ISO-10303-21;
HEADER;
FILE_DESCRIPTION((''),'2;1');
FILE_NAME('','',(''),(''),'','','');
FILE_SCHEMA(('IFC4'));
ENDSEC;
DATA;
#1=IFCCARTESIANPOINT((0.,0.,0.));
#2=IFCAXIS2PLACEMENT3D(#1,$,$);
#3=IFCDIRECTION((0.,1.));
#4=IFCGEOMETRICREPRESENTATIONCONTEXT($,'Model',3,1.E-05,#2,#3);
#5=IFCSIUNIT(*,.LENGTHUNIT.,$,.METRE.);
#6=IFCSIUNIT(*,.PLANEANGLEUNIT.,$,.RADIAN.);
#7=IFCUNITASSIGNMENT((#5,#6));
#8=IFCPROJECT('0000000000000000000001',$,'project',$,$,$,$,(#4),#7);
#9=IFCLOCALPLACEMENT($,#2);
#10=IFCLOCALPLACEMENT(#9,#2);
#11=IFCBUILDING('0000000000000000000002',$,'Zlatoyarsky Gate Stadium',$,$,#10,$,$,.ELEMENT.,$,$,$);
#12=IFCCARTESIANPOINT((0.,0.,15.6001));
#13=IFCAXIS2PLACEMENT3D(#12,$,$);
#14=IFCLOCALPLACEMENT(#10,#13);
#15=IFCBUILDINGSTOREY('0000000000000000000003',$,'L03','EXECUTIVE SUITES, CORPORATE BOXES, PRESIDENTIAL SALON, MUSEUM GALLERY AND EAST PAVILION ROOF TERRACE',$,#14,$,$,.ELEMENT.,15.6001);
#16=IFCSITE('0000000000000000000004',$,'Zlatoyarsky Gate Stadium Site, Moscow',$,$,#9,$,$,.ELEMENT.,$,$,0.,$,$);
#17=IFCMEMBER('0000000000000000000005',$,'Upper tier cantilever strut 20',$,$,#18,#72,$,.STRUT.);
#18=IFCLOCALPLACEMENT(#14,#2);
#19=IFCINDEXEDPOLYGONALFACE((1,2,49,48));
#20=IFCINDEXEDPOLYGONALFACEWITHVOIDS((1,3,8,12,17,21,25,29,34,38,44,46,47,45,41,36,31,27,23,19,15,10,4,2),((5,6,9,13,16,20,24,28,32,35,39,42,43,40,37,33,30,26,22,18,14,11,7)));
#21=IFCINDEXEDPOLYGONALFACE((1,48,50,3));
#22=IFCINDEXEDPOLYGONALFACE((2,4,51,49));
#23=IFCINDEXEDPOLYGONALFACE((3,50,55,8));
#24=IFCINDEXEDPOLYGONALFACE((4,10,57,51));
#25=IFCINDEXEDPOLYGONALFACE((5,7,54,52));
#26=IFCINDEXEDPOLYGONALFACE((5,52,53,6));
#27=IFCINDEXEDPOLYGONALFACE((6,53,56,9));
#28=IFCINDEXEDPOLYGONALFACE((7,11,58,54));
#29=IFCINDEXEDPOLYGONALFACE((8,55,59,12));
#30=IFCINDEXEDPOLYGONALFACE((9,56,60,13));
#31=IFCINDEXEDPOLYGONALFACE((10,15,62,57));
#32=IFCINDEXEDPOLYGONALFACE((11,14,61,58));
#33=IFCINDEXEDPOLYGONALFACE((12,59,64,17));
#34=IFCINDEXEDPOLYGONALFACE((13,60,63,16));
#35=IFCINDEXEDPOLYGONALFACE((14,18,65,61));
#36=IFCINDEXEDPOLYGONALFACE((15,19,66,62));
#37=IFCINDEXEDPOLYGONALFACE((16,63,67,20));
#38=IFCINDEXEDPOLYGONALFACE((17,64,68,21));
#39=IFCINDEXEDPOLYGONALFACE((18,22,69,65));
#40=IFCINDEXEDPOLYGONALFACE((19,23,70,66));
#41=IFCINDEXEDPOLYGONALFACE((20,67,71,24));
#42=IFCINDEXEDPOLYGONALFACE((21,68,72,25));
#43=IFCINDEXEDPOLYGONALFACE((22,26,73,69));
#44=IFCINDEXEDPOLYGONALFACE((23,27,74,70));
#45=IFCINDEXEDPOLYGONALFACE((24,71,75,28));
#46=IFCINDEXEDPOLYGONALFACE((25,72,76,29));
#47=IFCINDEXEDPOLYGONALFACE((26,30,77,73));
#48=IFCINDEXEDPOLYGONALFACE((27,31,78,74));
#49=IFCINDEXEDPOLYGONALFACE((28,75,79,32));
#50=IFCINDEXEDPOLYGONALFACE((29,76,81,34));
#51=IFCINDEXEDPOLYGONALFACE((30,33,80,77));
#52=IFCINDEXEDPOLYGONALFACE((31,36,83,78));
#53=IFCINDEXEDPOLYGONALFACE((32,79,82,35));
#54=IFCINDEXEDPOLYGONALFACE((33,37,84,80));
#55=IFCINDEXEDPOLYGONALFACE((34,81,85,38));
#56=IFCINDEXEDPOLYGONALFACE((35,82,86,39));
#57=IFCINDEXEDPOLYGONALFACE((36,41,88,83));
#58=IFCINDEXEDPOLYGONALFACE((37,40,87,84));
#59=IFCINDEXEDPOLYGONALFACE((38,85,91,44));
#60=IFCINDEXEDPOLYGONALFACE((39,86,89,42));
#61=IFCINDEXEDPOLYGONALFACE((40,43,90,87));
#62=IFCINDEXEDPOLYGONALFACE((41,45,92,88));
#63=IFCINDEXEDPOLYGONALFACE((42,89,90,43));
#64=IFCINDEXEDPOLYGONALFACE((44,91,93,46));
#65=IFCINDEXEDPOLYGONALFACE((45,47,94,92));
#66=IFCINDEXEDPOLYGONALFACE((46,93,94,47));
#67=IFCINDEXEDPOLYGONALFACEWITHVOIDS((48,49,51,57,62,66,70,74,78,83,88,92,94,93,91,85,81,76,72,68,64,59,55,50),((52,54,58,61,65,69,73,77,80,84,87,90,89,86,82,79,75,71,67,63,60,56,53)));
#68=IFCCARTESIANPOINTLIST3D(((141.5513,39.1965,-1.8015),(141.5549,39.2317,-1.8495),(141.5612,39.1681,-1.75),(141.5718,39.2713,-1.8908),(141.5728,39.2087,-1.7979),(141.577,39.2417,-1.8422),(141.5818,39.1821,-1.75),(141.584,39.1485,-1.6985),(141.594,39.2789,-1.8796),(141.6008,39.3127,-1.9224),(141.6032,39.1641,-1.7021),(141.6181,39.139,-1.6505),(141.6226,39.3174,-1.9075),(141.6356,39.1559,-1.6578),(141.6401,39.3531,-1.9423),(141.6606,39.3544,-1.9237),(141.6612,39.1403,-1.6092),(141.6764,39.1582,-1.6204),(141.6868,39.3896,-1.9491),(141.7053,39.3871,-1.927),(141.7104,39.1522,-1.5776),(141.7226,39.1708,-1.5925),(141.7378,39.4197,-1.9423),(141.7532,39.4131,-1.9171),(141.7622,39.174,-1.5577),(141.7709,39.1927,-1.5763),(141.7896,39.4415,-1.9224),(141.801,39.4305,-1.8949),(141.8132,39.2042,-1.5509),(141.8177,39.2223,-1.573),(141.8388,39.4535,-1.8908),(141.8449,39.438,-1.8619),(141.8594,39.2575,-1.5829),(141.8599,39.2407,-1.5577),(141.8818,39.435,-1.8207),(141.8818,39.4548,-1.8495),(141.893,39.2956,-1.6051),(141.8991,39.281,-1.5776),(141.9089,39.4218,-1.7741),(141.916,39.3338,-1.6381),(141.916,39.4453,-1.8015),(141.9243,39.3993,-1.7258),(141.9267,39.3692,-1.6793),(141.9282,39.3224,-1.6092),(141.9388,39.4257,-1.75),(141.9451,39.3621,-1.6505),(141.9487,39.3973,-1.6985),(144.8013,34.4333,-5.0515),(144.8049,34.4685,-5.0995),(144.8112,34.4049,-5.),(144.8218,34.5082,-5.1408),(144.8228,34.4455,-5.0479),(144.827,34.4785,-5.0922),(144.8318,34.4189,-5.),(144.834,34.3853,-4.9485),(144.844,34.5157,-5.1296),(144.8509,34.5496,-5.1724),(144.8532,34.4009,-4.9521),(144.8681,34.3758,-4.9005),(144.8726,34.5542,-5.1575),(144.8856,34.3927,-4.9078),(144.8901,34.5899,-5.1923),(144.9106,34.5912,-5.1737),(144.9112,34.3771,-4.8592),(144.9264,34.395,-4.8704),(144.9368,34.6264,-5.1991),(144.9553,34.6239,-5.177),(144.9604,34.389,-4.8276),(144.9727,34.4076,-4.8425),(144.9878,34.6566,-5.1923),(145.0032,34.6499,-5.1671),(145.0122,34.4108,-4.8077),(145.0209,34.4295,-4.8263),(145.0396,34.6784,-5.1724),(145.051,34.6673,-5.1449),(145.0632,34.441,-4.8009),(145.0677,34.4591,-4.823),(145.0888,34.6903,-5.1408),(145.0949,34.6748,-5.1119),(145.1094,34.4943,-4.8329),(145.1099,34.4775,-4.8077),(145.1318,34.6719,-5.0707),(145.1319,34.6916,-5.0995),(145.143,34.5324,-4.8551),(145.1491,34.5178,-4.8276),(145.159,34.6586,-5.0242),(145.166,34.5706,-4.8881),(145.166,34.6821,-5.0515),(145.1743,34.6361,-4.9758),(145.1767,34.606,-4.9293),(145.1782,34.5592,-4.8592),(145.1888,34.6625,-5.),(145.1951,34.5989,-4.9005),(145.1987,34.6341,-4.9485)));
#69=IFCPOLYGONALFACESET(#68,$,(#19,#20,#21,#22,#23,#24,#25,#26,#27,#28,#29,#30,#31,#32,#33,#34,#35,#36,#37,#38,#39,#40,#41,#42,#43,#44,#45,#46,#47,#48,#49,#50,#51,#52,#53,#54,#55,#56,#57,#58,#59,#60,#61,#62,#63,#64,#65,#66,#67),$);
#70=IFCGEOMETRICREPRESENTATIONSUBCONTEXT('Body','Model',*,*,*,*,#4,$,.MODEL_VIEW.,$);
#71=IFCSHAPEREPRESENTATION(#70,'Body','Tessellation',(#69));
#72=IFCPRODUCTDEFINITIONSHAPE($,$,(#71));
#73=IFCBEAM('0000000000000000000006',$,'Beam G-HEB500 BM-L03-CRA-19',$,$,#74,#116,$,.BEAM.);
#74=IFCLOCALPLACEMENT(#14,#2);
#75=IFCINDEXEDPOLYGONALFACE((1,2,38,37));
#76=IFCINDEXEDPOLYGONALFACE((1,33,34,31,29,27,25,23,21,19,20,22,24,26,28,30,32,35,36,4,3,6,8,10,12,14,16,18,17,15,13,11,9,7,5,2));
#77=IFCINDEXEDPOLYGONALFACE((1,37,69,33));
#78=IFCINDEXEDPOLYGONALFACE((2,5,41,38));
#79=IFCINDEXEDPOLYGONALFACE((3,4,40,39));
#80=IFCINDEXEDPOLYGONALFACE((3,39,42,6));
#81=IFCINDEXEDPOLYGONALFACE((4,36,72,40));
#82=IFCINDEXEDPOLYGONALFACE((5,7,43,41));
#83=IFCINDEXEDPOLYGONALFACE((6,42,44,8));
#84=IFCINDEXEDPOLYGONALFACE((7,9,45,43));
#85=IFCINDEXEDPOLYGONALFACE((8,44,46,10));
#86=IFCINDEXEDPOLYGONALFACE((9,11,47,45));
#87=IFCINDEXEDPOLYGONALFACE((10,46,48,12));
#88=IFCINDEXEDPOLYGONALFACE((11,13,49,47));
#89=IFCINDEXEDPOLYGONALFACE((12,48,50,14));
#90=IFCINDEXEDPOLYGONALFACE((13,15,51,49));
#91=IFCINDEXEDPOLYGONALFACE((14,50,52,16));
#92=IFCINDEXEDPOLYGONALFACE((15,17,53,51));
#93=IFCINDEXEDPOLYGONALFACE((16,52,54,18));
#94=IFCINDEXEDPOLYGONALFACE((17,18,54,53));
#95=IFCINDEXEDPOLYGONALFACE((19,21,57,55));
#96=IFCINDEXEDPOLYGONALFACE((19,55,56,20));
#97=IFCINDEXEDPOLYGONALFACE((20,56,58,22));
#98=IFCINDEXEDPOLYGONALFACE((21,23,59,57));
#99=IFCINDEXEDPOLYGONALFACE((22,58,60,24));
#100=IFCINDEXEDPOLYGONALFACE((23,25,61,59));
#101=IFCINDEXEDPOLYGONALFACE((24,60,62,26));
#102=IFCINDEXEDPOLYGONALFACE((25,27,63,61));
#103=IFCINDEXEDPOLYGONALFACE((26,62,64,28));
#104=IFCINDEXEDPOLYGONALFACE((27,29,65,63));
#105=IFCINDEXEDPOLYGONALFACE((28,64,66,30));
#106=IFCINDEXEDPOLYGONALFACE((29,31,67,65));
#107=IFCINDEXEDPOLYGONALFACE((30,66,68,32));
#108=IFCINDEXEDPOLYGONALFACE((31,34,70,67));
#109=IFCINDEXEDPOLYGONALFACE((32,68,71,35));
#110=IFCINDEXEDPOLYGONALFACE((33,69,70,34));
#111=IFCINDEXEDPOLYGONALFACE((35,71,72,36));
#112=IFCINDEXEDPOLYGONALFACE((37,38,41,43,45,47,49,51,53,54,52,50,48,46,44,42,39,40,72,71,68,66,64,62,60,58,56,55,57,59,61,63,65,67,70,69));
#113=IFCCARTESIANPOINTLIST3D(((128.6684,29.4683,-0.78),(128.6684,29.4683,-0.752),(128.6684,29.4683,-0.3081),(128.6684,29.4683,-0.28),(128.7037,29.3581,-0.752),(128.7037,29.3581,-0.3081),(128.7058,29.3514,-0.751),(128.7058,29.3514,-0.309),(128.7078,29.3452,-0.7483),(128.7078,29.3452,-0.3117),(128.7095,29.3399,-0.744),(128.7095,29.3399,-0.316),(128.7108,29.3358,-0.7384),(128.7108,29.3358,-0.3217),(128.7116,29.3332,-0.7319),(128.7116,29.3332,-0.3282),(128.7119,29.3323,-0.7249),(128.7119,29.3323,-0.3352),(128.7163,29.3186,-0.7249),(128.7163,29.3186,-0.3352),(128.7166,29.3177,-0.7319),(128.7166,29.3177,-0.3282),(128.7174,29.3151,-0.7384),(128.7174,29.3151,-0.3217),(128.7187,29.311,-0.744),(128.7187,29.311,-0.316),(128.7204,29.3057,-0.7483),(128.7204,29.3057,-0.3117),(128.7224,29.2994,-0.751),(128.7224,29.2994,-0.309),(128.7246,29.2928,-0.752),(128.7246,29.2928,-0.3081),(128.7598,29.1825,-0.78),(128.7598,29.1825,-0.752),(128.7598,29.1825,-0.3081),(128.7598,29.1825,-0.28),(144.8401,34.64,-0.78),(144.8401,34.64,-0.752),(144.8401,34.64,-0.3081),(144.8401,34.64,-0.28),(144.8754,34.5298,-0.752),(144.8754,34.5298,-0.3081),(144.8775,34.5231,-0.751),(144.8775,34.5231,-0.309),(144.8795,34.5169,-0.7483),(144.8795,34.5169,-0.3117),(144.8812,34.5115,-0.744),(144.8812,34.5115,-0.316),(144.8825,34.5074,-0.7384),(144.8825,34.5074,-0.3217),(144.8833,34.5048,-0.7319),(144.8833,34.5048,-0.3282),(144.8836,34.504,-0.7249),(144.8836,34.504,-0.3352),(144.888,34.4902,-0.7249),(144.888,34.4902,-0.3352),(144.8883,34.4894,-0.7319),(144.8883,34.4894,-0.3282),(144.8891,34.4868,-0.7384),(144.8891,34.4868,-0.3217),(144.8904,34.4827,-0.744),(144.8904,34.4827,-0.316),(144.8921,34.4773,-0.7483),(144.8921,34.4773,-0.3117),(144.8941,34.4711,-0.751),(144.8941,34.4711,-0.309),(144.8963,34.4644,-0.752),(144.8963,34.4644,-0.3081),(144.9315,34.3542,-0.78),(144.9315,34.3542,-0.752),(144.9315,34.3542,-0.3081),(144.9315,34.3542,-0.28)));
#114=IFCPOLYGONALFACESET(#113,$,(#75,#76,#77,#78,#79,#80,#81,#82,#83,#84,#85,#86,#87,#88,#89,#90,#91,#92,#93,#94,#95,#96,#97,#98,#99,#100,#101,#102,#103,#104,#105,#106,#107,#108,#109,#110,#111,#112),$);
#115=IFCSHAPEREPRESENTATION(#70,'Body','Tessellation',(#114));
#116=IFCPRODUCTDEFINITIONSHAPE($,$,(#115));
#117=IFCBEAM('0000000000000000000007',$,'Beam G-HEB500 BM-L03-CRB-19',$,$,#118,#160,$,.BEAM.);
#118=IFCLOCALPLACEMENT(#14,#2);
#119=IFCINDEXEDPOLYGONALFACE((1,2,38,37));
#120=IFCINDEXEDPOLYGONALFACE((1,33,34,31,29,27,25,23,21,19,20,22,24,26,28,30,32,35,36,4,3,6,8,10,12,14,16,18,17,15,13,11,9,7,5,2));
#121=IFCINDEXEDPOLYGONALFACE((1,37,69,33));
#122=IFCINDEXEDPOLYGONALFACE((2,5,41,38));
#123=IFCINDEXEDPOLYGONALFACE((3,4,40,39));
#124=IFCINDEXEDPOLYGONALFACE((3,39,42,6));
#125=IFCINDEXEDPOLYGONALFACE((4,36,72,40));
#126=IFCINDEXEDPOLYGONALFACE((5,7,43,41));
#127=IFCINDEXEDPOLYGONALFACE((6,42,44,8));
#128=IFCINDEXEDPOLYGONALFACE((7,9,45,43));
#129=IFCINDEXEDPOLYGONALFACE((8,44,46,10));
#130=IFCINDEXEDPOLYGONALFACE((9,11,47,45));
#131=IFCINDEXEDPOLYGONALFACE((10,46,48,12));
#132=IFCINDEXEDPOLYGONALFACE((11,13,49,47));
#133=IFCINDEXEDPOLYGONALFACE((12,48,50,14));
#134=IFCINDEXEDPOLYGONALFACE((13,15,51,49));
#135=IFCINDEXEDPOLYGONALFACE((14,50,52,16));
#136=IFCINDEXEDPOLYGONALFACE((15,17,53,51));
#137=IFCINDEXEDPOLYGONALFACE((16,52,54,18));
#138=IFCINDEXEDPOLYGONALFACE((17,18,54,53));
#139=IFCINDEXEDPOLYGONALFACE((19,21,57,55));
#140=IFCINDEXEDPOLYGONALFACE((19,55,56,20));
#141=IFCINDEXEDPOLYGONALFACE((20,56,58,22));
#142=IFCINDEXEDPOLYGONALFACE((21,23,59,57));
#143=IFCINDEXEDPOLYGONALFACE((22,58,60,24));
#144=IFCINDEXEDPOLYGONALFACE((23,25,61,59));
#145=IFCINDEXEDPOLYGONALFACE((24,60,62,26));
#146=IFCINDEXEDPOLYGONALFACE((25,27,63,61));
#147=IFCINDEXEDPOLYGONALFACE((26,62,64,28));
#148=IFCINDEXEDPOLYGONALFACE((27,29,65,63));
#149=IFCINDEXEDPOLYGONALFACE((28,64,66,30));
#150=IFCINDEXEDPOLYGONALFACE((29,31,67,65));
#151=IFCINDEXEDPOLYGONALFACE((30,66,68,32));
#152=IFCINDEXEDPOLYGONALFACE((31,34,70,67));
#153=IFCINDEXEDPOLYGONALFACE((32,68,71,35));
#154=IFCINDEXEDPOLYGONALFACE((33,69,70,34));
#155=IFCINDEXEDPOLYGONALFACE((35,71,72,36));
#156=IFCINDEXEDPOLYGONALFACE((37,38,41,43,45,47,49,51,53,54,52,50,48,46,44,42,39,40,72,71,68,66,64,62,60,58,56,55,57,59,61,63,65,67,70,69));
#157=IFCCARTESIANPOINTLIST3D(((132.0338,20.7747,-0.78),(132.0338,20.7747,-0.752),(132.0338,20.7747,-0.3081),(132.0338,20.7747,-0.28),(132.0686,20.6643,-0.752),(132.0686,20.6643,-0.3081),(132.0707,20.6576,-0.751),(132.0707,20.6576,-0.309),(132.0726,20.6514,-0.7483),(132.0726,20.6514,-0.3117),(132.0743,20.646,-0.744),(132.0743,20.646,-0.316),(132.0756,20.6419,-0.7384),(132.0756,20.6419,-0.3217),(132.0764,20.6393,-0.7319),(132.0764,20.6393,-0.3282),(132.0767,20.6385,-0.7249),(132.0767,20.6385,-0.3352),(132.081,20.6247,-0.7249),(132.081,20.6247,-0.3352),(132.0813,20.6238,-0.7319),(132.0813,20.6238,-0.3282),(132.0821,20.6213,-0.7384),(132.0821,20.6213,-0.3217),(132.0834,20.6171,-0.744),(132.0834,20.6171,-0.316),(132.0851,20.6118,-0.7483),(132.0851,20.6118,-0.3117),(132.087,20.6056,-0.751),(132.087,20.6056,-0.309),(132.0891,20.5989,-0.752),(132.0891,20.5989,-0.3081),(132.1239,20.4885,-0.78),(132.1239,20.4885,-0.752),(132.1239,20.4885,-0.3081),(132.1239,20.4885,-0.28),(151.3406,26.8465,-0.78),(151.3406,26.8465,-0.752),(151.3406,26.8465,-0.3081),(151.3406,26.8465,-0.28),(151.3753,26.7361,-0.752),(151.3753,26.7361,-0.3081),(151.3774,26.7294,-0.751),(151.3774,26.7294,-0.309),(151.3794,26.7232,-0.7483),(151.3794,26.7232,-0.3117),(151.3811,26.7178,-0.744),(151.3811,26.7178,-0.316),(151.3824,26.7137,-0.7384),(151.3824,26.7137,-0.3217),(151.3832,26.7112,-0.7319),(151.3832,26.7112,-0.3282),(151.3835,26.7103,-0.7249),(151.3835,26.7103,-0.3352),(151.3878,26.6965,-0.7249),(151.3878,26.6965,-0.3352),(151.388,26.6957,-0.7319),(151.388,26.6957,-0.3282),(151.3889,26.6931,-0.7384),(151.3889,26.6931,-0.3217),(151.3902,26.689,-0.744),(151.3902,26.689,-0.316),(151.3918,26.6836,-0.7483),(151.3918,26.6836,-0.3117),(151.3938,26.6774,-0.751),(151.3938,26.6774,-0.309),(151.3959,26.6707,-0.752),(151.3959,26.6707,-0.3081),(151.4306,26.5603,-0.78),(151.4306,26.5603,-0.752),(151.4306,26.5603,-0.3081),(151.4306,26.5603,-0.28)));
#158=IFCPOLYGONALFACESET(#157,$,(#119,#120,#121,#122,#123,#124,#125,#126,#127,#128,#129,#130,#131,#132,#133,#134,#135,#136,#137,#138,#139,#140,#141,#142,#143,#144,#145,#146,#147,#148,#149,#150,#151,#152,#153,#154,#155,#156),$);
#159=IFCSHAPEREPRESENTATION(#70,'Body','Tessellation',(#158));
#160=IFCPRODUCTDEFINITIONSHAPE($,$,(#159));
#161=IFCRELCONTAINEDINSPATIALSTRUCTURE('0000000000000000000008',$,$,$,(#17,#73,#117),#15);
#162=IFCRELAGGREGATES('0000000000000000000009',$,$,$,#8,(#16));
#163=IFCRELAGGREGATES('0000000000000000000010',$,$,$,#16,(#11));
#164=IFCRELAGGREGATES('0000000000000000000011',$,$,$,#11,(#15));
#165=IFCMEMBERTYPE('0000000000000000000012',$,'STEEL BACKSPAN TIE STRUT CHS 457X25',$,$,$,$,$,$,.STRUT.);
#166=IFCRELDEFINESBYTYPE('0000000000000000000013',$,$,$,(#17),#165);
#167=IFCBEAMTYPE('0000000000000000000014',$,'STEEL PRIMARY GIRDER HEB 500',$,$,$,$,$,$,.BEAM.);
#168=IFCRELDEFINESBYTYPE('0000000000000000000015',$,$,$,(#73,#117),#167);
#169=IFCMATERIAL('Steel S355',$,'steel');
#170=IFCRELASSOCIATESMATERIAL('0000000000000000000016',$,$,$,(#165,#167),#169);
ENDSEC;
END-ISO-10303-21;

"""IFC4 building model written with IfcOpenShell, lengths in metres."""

from ifc_helpers import new_model, si_unit, direction, frame, origin, origin_2d, place, context, subcontext, project, spatial, hollow_circle, i_section, extrude, material, material_profile, profile_set, type_object, element, save


model = new_model("IFC4")

# Units and contexts
model_context = context("Model", 3, precision=1e-05, world=origin(), true_north=direction((0.0, 1.0)))
body_context = subcontext(model_context, "Body", "Model", "MODEL_VIEW")
ifc_project = project(units=[si_unit("LENGTHUNIT", "METRE"), si_unit("PLANEANGLEUNIT", "RADIAN")], contexts=[model_context])

# Site, building, storey
site_placement = place(None, origin())
site = spatial("IfcSite", under=ifc_project, at=site_placement, Name="Zlatoyarsky Gate Stadium Site, Moscow", CompositionType="ELEMENT", RefElevation=0.0)
building_placement = place(site_placement, origin())
building = spatial("IfcBuilding", under=site, at=building_placement, Name="Zlatoyarsky Gate Stadium", CompositionType="ELEMENT")
storey_placement = place(building_placement, frame((0.0, 0.0, 15.6001)))
storey = spatial("IfcBuildingStorey", under=building, at=storey_placement, Name="L03", Description="EXECUTIVE SUITES, CORPORATE BOXES, PRESIDENTIAL SALON, MUSEUM GALLERY AND EAST PAVILION ROOF TERRACE", CompositionType="ELEMENT", Elevation=15.6001)

# Shared definitions
ifc_material_1 = material(Name="Steel S355", Category="steel")

# Member
ifc_material_profile_1 = material_profile(ifc_material_1, hollow_circle(Radius=0.2285, WallThickness=0.0249, at=origin_2d()), Name="CHS 457X25")
ifc_profile_set_1 = profile_set([ifc_material_profile_1], Name="Steel S355")
member_type = type_object("IfcMemberType", Name="STEEL BACKSPAN TIE STRUT CHS 457X25", PredefinedType="STRUT", material=ifc_profile_set_1)
member_1_placement = place(storey_placement, frame((145.0, 34.5337, -5.0), z_axis=(-0.491001, 0.719608, 0.491001), x_axis=(-0.826036, -0.563618, 0.0)))
element("IfcMember", 1, at=member_1_placement, inside=storey, type_object=member_type, Name="Upper tier cantilever strut 20", PredefinedType="STRUT", context=body_context, shape_type="SweptSolid", body=[
    extrude(hollow_circle(Radius=0.2285, WallThickness=0.0249, at=origin_2d()), origin(), (0.0, 0.0, 1.0), 6.6191),
])

# Beams
ifc_material_profile_2 = material_profile(ifc_material_1, i_section(OverallWidth=0.3, OverallDepth=0.5, WebThickness=0.0144, FlangeThickness=0.0281, FilletRadius=0.0271, at=origin_2d()), Name="HEB 500")
ifc_profile_set_2 = profile_set([ifc_material_profile_2], Name="Steel S355")
beam_type_1 = type_object("IfcBeamType", Name="STEEL PRIMARY GIRDER HEB 500", PredefinedType="BEAM", material=ifc_profile_set_2)
beam_1_placement = place(storey_placement, frame((128.7141, 29.3254, -0.53), z_axis=(0.95248, 0.3046, 0.0), x_axis=(-0.3046, 0.95248, 0.0)))
element("IfcBeam", 2, at=beam_1_placement, inside=storey, type_object=beam_type_1, Name="Beam G-HEB500 BM-L03-CRA-19", PredefinedType="BEAM", context=body_context, shape_type="SweptSolid", body=[
    extrude(i_section(OverallWidth=0.3, OverallDepth=0.5, WebThickness=0.0144, FlangeThickness=0.0281, FilletRadius=0.0271, at=origin_2d()), origin(), (0.0, 0.0, 1.0), 16.9785),
])
beam_2_placement = place(storey_placement, frame((132.0789, 20.6316, -0.53), z_axis=(0.953938, 0.300005, 0.0), x_axis=(-0.300005, 0.953938, 0.0)))
element("IfcBeam", 3, at=beam_2_placement, inside=storey, type_object=beam_type_1, Name="Beam G-HEB500 BM-L03-CRB-19", PredefinedType="BEAM", context=body_context, shape_type="SweptSolid", body=[
    extrude(i_section(OverallWidth=0.3, OverallDepth=0.5, WebThickness=0.0144, FlangeThickness=0.0281, FilletRadius=0.0271, at=origin_2d()), origin(), (0.0, 0.0, 1.0), 20.239),
])

save(model, "model.ifc")
